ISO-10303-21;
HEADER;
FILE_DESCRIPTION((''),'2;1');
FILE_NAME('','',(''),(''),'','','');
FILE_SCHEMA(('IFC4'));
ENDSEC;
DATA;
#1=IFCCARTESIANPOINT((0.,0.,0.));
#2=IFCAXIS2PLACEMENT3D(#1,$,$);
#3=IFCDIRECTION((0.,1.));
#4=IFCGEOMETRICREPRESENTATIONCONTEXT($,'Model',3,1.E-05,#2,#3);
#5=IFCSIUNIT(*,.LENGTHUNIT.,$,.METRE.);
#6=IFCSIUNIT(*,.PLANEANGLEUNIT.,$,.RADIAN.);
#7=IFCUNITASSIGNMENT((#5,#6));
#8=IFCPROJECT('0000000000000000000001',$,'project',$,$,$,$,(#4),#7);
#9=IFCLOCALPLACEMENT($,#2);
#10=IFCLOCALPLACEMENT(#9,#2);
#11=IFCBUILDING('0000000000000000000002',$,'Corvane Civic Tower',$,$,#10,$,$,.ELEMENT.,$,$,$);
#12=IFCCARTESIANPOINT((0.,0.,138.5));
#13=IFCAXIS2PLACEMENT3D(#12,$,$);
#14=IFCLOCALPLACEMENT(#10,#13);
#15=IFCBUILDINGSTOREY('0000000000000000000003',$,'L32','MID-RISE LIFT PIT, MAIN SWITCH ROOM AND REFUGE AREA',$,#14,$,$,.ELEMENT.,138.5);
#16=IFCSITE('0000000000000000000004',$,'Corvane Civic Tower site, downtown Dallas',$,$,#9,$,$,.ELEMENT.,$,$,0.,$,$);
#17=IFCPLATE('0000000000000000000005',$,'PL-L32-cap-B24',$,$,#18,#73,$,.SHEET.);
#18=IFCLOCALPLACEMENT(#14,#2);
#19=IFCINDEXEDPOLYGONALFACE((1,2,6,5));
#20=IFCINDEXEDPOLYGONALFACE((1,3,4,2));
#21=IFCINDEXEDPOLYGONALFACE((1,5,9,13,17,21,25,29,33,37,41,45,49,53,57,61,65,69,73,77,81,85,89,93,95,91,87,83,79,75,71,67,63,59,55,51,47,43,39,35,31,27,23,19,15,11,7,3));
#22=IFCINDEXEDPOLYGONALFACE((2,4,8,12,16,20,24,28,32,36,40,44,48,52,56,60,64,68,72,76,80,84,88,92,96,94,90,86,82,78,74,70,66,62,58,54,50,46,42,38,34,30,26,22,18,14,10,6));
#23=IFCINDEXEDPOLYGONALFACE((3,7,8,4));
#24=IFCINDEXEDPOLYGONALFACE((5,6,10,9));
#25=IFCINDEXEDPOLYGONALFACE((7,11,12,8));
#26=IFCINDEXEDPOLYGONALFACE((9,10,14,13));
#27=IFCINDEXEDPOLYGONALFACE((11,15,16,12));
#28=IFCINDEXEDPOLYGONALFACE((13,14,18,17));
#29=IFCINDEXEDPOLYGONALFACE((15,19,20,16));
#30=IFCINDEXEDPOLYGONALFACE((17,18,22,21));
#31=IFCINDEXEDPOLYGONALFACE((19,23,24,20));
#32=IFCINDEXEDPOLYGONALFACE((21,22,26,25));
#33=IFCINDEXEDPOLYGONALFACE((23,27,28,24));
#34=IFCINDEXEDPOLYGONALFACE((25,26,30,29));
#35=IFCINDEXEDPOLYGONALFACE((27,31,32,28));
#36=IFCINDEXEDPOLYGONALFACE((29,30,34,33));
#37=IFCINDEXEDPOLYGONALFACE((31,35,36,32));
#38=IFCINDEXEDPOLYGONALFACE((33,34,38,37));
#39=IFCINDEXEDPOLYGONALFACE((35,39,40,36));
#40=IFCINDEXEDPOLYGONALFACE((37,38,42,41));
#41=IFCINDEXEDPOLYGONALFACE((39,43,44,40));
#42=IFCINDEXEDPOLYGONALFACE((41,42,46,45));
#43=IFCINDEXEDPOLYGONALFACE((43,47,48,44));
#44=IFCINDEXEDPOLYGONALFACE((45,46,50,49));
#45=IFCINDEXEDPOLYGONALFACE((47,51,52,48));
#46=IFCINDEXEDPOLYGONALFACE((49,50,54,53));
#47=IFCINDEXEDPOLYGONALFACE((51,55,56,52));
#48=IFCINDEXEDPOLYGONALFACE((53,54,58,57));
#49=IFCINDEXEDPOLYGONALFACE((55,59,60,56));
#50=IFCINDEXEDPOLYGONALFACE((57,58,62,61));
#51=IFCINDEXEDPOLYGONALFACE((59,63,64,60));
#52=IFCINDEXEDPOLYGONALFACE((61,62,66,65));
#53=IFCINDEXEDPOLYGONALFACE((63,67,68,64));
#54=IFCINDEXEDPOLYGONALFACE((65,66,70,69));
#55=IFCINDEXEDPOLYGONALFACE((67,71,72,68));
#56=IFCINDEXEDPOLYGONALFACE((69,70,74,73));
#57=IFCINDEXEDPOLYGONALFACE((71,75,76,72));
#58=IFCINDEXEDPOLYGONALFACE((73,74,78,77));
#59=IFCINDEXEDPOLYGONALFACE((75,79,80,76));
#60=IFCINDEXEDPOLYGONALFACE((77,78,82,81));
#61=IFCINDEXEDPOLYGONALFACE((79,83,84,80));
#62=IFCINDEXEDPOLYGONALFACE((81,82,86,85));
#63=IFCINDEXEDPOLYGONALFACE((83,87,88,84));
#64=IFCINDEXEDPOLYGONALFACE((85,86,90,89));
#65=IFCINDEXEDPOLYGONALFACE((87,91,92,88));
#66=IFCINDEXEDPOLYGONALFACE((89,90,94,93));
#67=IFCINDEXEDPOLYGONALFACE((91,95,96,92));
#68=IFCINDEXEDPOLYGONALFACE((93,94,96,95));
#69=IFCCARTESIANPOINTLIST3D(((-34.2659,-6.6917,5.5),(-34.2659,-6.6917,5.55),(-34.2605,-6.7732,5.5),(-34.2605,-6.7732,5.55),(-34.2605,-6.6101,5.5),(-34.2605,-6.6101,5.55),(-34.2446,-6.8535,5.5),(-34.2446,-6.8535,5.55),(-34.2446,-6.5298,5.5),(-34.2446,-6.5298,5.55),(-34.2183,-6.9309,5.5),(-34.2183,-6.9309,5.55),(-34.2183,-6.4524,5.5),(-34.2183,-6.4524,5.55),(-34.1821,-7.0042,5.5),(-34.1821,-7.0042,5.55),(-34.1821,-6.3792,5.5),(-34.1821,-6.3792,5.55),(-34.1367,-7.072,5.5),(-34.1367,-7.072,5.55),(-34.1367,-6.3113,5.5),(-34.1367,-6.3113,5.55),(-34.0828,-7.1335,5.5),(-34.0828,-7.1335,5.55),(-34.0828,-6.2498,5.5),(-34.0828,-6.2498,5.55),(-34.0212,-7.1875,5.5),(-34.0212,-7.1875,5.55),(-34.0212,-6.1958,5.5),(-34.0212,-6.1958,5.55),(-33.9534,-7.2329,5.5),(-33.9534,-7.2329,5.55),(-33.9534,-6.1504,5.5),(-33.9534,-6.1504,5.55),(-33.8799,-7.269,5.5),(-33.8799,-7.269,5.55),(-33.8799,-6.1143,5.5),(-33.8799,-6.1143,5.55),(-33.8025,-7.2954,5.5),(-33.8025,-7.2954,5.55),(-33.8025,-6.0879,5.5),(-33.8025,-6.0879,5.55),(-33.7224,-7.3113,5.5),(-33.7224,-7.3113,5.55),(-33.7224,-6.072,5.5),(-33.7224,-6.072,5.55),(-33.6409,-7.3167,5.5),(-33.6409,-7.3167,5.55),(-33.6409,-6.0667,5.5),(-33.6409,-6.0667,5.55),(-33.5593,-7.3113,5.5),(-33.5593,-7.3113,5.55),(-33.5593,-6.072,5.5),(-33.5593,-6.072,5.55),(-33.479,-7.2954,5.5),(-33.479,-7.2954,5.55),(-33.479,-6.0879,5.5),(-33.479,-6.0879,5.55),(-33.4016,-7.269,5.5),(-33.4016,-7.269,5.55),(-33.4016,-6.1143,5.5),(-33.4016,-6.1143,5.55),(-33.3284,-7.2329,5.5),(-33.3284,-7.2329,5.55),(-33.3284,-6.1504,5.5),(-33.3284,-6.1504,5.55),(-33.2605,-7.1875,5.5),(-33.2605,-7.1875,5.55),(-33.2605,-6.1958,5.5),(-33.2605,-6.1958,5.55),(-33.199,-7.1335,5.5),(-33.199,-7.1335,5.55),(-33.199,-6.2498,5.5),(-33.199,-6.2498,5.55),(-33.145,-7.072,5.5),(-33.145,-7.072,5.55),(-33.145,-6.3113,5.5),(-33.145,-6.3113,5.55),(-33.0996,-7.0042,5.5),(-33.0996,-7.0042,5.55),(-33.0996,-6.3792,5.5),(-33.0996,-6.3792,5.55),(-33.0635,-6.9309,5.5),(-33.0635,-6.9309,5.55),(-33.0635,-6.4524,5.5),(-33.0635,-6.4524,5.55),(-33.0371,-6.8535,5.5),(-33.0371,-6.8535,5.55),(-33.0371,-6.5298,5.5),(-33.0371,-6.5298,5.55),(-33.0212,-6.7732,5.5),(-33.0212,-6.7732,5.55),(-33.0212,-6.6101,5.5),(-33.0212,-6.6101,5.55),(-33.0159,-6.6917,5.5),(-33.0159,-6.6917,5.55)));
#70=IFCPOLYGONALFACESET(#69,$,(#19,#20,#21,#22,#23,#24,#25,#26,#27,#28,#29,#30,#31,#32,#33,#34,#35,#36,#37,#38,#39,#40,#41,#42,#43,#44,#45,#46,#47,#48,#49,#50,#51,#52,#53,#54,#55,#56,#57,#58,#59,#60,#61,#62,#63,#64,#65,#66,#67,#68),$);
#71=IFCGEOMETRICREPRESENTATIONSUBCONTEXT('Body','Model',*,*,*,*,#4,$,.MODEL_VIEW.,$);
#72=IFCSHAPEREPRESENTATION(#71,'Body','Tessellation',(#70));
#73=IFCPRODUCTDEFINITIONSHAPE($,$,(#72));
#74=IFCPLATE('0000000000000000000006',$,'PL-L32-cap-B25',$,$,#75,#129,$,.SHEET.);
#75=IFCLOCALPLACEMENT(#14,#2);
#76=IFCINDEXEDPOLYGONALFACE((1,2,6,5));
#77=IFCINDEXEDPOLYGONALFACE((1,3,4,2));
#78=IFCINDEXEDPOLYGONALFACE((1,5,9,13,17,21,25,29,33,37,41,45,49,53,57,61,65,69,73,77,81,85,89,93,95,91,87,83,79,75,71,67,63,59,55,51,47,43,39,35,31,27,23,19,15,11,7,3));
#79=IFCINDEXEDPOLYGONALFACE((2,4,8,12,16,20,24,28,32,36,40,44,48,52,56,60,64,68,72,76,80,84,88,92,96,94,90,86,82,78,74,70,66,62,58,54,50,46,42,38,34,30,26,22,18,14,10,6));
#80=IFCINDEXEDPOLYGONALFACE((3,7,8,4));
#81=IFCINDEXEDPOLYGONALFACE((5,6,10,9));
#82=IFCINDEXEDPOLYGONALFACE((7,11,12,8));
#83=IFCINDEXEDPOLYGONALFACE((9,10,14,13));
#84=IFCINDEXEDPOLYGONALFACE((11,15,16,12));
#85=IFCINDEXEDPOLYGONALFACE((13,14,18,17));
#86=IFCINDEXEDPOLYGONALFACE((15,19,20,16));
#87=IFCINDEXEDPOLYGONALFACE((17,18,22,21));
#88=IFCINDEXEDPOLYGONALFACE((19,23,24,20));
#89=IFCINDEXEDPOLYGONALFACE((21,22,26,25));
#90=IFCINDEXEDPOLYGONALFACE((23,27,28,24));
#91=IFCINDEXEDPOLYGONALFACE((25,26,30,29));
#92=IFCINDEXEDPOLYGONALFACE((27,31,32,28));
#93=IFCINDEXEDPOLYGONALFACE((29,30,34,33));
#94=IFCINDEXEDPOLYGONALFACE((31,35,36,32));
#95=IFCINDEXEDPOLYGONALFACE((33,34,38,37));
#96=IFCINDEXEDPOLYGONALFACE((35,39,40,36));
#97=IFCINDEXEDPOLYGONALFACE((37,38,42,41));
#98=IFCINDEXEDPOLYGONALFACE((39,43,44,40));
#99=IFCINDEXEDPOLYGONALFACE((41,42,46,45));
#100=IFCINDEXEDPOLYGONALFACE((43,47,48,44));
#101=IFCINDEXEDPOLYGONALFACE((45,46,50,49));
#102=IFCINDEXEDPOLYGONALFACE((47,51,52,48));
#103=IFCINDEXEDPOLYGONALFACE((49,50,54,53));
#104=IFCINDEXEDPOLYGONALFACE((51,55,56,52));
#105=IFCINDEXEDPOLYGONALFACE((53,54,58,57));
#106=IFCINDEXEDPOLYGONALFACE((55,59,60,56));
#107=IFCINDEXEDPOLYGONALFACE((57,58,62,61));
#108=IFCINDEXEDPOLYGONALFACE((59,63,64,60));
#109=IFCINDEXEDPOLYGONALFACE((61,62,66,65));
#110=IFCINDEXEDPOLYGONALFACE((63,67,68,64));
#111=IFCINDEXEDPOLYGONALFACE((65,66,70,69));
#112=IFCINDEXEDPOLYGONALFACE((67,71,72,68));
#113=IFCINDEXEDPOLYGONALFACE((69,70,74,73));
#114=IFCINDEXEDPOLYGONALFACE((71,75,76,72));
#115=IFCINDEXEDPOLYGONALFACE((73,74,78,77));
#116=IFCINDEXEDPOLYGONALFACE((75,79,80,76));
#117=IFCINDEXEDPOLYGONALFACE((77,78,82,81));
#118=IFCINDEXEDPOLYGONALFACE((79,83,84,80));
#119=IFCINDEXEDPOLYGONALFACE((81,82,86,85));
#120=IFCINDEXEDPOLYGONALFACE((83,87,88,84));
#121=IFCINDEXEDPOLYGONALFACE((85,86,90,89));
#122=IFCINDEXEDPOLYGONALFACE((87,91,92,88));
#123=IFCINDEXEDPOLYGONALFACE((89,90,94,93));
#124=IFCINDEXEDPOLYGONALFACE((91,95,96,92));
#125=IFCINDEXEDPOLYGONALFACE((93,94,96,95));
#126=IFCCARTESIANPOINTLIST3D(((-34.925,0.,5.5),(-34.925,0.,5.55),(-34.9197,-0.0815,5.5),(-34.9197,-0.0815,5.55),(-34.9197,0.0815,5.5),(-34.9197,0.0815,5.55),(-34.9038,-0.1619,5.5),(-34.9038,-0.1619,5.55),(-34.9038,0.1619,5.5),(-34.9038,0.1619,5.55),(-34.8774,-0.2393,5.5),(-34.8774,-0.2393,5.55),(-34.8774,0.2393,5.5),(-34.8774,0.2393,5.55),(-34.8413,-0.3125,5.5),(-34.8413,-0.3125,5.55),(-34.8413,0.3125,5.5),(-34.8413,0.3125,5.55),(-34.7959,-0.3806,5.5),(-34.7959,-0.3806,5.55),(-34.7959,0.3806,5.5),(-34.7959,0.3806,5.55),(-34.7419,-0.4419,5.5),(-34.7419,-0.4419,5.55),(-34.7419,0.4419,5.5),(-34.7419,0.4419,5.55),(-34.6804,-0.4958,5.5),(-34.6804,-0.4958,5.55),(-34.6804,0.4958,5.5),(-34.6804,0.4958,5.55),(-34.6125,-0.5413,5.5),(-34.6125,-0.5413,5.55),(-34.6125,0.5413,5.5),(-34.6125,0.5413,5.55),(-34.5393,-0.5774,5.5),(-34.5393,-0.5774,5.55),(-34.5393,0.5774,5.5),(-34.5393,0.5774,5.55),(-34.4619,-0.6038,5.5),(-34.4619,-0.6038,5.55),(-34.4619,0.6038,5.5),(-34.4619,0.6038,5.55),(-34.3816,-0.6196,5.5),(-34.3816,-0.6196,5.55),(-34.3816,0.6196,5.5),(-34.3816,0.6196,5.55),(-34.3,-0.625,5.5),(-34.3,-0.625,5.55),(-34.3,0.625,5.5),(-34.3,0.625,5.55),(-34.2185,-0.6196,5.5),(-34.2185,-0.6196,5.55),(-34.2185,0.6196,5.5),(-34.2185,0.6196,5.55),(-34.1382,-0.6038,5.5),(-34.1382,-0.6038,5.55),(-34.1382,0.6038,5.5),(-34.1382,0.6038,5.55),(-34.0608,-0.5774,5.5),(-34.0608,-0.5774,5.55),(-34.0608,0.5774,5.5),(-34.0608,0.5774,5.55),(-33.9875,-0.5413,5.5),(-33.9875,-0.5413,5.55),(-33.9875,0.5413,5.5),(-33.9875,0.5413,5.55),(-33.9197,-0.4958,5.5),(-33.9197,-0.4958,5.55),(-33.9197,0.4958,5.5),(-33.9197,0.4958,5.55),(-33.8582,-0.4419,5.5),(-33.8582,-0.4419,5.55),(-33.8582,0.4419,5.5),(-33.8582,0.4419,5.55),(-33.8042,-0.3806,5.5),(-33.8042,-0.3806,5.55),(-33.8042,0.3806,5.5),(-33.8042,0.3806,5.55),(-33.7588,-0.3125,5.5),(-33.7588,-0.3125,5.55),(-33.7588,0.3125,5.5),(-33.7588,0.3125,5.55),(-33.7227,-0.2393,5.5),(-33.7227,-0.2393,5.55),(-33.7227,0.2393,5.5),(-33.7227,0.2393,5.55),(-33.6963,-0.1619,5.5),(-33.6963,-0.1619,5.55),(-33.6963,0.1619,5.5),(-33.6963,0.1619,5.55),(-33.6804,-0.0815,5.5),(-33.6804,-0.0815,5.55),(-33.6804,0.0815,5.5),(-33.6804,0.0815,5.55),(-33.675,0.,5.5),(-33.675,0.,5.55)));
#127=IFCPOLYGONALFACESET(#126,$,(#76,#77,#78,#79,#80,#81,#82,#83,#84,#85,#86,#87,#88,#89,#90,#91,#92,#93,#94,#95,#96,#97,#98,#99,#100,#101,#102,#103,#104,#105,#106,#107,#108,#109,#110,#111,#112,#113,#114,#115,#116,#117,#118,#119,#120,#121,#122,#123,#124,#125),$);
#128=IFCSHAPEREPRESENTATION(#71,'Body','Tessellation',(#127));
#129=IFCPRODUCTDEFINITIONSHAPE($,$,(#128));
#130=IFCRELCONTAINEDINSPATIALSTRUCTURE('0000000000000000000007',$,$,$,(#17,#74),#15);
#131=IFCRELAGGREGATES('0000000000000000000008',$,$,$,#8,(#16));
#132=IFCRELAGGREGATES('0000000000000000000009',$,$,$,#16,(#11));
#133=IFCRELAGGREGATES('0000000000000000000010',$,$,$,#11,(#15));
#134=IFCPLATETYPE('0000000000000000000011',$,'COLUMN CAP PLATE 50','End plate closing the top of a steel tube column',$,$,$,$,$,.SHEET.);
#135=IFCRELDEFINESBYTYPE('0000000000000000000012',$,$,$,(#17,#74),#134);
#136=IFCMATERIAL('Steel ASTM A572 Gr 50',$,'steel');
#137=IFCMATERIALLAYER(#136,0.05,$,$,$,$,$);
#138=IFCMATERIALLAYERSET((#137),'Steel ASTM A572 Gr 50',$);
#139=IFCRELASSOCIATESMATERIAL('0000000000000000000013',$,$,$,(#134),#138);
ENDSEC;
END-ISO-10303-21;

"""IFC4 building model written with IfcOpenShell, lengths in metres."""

from ifc_helpers import new_model, si_unit, direction, frame, origin, place, context, subcontext, project, spatial, polyline, outline, extrude, material, layer, layer_set, type_object, element, save


model = new_model("IFC4")

# Units and contexts
model_context = context("Model", 3, precision=1e-05, world=origin(), true_north=direction((0.0, 1.0)))
body_context = subcontext(model_context, "Body", "Model", "MODEL_VIEW")
ifc_project = project(units=[si_unit("LENGTHUNIT", "METRE"), si_unit("PLANEANGLEUNIT", "RADIAN")], contexts=[model_context])

# Site, building, storey
site_placement = place(None, origin())
site = spatial("IfcSite", under=ifc_project, at=site_placement, Name="Corvane Civic Tower site, downtown Dallas", CompositionType="ELEMENT", RefElevation=0.0)
building_placement = place(site_placement, origin())
building = spatial("IfcBuilding", under=site, at=building_placement, Name="Corvane Civic Tower", CompositionType="ELEMENT")
storey_placement = place(building_placement, frame((0.0, 0.0, 138.5)))
storey = spatial("IfcBuildingStorey", under=building, at=storey_placement, Name="L32", Description="MID-RISE LIFT PIT, MAIN SWITCH ROOM AND REFUGE AREA", CompositionType="ELEMENT", Elevation=138.5)

# Plates
ifc_material_1 = material(Name="Steel ASTM A572 Gr 50", Category="steel")
ifc_layer_1 = layer(ifc_material_1, 0.05)
ifc_layer_set_1 = layer_set([ifc_layer_1], Name="Steel ASTM A572 Gr 50")
plate_type = type_object("IfcPlateType", Name="COLUMN CAP PLATE 50", Description="End plate closing the top of a steel tube column", PredefinedType="SHEET", material=ifc_layer_set_1)
plate_1_placement = place(storey_placement, frame((0.0, 0.0, 5.5)))
element("IfcPlate", 1, at=plate_1_placement, inside=storey, type_object=plate_type, Name="PL-L32-cap-B24", PredefinedType="SHEET", context=body_context, shape_type="SweptSolid", body=[
    extrude(outline(polyline([(-33.0159, -6.6917), (-33.0212, -6.6101), (-33.0371, -6.5298), (-33.0635, -6.4524), (-33.0996, -6.3792), (-33.145, -6.3113), (-33.199, -6.2498), (-33.2605, -6.1958), (-33.3284, -6.1504), (-33.4016, -6.1143), (-33.479, -6.0879), (-33.5593, -6.072), (-33.6409, -6.0667), (-33.7224, -6.072), (-33.8025, -6.0879), (-33.8799, -6.1143), (-33.9534, -6.1504), (-34.0212, -6.1958), (-34.0828, -6.2498), (-34.1367, -6.3113), (-34.1821, -6.3792), (-34.2183, -6.4524), (-34.2446, -6.5298), (-34.2605, -6.6101), (-34.2659, -6.6917), (-34.2605, -6.7732), (-34.2446, -6.8535), (-34.2183, -6.9309), (-34.1821, -7.0042), (-34.1367, -7.072), (-34.0828, -7.1335), (-34.0212, -7.1875), (-33.9534, -7.2329), (-33.8799, -7.269), (-33.8025, -7.2954), (-33.7224, -7.3113), (-33.6409, -7.3167), (-33.5593, -7.3113), (-33.479, -7.2954), (-33.4016, -7.269), (-33.3284, -7.2329), (-33.2605, -7.1875), (-33.199, -7.1335), (-33.145, -7.072), (-33.0996, -7.0042), (-33.0635, -6.9309), (-33.0371, -6.8535), (-33.0212, -6.7732), (-33.0159, -6.6917)])), origin(), (0.0, 0.0, 1.0), 0.05),
])
plate_2_placement = place(storey_placement, frame((0.0, 0.0, 5.5)))
element("IfcPlate", 2, at=plate_2_placement, inside=storey, type_object=plate_type, Name="PL-L32-cap-B25", PredefinedType="SHEET", context=body_context, shape_type="SweptSolid", body=[
    extrude(outline(polyline([(-33.675, 0.0), (-33.6804, 0.0815), (-33.6963, 0.1619), (-33.7227, 0.2393), (-33.7588, 0.3125), (-33.8042, 0.3806), (-33.8582, 0.4419), (-33.9197, 0.4958), (-33.9875, 0.5413), (-34.0608, 0.5774), (-34.1382, 0.6038), (-34.2185, 0.6196), (-34.3, 0.625), (-34.3816, 0.6196), (-34.4619, 0.6038), (-34.5393, 0.5774), (-34.6125, 0.5413), (-34.6804, 0.4958), (-34.7419, 0.4419), (-34.7959, 0.3806), (-34.8413, 0.3125), (-34.8774, 0.2393), (-34.9038, 0.1619), (-34.9197, 0.0815), (-34.925, 0.0), (-34.9197, -0.0815), (-34.9038, -0.1619), (-34.8774, -0.2393), (-34.8413, -0.3125), (-34.7959, -0.3806), (-34.7419, -0.4419), (-34.6804, -0.4958), (-34.6125, -0.5413), (-34.5393, -0.5774), (-34.4619, -0.6038), (-34.3816, -0.6196), (-34.3, -0.625), (-34.2185, -0.6196), (-34.1382, -0.6038), (-34.0608, -0.5774), (-33.9875, -0.5413), (-33.9197, -0.4958), (-33.8582, -0.4419), (-33.8042, -0.3806), (-33.7588, -0.3125), (-33.7227, -0.2393), (-33.6963, -0.1619), (-33.6804, -0.0815), (-33.675, 0.0)])), origin(), (0.0, 0.0, 1.0), 0.05),
])

save(model, "model.ifc")
